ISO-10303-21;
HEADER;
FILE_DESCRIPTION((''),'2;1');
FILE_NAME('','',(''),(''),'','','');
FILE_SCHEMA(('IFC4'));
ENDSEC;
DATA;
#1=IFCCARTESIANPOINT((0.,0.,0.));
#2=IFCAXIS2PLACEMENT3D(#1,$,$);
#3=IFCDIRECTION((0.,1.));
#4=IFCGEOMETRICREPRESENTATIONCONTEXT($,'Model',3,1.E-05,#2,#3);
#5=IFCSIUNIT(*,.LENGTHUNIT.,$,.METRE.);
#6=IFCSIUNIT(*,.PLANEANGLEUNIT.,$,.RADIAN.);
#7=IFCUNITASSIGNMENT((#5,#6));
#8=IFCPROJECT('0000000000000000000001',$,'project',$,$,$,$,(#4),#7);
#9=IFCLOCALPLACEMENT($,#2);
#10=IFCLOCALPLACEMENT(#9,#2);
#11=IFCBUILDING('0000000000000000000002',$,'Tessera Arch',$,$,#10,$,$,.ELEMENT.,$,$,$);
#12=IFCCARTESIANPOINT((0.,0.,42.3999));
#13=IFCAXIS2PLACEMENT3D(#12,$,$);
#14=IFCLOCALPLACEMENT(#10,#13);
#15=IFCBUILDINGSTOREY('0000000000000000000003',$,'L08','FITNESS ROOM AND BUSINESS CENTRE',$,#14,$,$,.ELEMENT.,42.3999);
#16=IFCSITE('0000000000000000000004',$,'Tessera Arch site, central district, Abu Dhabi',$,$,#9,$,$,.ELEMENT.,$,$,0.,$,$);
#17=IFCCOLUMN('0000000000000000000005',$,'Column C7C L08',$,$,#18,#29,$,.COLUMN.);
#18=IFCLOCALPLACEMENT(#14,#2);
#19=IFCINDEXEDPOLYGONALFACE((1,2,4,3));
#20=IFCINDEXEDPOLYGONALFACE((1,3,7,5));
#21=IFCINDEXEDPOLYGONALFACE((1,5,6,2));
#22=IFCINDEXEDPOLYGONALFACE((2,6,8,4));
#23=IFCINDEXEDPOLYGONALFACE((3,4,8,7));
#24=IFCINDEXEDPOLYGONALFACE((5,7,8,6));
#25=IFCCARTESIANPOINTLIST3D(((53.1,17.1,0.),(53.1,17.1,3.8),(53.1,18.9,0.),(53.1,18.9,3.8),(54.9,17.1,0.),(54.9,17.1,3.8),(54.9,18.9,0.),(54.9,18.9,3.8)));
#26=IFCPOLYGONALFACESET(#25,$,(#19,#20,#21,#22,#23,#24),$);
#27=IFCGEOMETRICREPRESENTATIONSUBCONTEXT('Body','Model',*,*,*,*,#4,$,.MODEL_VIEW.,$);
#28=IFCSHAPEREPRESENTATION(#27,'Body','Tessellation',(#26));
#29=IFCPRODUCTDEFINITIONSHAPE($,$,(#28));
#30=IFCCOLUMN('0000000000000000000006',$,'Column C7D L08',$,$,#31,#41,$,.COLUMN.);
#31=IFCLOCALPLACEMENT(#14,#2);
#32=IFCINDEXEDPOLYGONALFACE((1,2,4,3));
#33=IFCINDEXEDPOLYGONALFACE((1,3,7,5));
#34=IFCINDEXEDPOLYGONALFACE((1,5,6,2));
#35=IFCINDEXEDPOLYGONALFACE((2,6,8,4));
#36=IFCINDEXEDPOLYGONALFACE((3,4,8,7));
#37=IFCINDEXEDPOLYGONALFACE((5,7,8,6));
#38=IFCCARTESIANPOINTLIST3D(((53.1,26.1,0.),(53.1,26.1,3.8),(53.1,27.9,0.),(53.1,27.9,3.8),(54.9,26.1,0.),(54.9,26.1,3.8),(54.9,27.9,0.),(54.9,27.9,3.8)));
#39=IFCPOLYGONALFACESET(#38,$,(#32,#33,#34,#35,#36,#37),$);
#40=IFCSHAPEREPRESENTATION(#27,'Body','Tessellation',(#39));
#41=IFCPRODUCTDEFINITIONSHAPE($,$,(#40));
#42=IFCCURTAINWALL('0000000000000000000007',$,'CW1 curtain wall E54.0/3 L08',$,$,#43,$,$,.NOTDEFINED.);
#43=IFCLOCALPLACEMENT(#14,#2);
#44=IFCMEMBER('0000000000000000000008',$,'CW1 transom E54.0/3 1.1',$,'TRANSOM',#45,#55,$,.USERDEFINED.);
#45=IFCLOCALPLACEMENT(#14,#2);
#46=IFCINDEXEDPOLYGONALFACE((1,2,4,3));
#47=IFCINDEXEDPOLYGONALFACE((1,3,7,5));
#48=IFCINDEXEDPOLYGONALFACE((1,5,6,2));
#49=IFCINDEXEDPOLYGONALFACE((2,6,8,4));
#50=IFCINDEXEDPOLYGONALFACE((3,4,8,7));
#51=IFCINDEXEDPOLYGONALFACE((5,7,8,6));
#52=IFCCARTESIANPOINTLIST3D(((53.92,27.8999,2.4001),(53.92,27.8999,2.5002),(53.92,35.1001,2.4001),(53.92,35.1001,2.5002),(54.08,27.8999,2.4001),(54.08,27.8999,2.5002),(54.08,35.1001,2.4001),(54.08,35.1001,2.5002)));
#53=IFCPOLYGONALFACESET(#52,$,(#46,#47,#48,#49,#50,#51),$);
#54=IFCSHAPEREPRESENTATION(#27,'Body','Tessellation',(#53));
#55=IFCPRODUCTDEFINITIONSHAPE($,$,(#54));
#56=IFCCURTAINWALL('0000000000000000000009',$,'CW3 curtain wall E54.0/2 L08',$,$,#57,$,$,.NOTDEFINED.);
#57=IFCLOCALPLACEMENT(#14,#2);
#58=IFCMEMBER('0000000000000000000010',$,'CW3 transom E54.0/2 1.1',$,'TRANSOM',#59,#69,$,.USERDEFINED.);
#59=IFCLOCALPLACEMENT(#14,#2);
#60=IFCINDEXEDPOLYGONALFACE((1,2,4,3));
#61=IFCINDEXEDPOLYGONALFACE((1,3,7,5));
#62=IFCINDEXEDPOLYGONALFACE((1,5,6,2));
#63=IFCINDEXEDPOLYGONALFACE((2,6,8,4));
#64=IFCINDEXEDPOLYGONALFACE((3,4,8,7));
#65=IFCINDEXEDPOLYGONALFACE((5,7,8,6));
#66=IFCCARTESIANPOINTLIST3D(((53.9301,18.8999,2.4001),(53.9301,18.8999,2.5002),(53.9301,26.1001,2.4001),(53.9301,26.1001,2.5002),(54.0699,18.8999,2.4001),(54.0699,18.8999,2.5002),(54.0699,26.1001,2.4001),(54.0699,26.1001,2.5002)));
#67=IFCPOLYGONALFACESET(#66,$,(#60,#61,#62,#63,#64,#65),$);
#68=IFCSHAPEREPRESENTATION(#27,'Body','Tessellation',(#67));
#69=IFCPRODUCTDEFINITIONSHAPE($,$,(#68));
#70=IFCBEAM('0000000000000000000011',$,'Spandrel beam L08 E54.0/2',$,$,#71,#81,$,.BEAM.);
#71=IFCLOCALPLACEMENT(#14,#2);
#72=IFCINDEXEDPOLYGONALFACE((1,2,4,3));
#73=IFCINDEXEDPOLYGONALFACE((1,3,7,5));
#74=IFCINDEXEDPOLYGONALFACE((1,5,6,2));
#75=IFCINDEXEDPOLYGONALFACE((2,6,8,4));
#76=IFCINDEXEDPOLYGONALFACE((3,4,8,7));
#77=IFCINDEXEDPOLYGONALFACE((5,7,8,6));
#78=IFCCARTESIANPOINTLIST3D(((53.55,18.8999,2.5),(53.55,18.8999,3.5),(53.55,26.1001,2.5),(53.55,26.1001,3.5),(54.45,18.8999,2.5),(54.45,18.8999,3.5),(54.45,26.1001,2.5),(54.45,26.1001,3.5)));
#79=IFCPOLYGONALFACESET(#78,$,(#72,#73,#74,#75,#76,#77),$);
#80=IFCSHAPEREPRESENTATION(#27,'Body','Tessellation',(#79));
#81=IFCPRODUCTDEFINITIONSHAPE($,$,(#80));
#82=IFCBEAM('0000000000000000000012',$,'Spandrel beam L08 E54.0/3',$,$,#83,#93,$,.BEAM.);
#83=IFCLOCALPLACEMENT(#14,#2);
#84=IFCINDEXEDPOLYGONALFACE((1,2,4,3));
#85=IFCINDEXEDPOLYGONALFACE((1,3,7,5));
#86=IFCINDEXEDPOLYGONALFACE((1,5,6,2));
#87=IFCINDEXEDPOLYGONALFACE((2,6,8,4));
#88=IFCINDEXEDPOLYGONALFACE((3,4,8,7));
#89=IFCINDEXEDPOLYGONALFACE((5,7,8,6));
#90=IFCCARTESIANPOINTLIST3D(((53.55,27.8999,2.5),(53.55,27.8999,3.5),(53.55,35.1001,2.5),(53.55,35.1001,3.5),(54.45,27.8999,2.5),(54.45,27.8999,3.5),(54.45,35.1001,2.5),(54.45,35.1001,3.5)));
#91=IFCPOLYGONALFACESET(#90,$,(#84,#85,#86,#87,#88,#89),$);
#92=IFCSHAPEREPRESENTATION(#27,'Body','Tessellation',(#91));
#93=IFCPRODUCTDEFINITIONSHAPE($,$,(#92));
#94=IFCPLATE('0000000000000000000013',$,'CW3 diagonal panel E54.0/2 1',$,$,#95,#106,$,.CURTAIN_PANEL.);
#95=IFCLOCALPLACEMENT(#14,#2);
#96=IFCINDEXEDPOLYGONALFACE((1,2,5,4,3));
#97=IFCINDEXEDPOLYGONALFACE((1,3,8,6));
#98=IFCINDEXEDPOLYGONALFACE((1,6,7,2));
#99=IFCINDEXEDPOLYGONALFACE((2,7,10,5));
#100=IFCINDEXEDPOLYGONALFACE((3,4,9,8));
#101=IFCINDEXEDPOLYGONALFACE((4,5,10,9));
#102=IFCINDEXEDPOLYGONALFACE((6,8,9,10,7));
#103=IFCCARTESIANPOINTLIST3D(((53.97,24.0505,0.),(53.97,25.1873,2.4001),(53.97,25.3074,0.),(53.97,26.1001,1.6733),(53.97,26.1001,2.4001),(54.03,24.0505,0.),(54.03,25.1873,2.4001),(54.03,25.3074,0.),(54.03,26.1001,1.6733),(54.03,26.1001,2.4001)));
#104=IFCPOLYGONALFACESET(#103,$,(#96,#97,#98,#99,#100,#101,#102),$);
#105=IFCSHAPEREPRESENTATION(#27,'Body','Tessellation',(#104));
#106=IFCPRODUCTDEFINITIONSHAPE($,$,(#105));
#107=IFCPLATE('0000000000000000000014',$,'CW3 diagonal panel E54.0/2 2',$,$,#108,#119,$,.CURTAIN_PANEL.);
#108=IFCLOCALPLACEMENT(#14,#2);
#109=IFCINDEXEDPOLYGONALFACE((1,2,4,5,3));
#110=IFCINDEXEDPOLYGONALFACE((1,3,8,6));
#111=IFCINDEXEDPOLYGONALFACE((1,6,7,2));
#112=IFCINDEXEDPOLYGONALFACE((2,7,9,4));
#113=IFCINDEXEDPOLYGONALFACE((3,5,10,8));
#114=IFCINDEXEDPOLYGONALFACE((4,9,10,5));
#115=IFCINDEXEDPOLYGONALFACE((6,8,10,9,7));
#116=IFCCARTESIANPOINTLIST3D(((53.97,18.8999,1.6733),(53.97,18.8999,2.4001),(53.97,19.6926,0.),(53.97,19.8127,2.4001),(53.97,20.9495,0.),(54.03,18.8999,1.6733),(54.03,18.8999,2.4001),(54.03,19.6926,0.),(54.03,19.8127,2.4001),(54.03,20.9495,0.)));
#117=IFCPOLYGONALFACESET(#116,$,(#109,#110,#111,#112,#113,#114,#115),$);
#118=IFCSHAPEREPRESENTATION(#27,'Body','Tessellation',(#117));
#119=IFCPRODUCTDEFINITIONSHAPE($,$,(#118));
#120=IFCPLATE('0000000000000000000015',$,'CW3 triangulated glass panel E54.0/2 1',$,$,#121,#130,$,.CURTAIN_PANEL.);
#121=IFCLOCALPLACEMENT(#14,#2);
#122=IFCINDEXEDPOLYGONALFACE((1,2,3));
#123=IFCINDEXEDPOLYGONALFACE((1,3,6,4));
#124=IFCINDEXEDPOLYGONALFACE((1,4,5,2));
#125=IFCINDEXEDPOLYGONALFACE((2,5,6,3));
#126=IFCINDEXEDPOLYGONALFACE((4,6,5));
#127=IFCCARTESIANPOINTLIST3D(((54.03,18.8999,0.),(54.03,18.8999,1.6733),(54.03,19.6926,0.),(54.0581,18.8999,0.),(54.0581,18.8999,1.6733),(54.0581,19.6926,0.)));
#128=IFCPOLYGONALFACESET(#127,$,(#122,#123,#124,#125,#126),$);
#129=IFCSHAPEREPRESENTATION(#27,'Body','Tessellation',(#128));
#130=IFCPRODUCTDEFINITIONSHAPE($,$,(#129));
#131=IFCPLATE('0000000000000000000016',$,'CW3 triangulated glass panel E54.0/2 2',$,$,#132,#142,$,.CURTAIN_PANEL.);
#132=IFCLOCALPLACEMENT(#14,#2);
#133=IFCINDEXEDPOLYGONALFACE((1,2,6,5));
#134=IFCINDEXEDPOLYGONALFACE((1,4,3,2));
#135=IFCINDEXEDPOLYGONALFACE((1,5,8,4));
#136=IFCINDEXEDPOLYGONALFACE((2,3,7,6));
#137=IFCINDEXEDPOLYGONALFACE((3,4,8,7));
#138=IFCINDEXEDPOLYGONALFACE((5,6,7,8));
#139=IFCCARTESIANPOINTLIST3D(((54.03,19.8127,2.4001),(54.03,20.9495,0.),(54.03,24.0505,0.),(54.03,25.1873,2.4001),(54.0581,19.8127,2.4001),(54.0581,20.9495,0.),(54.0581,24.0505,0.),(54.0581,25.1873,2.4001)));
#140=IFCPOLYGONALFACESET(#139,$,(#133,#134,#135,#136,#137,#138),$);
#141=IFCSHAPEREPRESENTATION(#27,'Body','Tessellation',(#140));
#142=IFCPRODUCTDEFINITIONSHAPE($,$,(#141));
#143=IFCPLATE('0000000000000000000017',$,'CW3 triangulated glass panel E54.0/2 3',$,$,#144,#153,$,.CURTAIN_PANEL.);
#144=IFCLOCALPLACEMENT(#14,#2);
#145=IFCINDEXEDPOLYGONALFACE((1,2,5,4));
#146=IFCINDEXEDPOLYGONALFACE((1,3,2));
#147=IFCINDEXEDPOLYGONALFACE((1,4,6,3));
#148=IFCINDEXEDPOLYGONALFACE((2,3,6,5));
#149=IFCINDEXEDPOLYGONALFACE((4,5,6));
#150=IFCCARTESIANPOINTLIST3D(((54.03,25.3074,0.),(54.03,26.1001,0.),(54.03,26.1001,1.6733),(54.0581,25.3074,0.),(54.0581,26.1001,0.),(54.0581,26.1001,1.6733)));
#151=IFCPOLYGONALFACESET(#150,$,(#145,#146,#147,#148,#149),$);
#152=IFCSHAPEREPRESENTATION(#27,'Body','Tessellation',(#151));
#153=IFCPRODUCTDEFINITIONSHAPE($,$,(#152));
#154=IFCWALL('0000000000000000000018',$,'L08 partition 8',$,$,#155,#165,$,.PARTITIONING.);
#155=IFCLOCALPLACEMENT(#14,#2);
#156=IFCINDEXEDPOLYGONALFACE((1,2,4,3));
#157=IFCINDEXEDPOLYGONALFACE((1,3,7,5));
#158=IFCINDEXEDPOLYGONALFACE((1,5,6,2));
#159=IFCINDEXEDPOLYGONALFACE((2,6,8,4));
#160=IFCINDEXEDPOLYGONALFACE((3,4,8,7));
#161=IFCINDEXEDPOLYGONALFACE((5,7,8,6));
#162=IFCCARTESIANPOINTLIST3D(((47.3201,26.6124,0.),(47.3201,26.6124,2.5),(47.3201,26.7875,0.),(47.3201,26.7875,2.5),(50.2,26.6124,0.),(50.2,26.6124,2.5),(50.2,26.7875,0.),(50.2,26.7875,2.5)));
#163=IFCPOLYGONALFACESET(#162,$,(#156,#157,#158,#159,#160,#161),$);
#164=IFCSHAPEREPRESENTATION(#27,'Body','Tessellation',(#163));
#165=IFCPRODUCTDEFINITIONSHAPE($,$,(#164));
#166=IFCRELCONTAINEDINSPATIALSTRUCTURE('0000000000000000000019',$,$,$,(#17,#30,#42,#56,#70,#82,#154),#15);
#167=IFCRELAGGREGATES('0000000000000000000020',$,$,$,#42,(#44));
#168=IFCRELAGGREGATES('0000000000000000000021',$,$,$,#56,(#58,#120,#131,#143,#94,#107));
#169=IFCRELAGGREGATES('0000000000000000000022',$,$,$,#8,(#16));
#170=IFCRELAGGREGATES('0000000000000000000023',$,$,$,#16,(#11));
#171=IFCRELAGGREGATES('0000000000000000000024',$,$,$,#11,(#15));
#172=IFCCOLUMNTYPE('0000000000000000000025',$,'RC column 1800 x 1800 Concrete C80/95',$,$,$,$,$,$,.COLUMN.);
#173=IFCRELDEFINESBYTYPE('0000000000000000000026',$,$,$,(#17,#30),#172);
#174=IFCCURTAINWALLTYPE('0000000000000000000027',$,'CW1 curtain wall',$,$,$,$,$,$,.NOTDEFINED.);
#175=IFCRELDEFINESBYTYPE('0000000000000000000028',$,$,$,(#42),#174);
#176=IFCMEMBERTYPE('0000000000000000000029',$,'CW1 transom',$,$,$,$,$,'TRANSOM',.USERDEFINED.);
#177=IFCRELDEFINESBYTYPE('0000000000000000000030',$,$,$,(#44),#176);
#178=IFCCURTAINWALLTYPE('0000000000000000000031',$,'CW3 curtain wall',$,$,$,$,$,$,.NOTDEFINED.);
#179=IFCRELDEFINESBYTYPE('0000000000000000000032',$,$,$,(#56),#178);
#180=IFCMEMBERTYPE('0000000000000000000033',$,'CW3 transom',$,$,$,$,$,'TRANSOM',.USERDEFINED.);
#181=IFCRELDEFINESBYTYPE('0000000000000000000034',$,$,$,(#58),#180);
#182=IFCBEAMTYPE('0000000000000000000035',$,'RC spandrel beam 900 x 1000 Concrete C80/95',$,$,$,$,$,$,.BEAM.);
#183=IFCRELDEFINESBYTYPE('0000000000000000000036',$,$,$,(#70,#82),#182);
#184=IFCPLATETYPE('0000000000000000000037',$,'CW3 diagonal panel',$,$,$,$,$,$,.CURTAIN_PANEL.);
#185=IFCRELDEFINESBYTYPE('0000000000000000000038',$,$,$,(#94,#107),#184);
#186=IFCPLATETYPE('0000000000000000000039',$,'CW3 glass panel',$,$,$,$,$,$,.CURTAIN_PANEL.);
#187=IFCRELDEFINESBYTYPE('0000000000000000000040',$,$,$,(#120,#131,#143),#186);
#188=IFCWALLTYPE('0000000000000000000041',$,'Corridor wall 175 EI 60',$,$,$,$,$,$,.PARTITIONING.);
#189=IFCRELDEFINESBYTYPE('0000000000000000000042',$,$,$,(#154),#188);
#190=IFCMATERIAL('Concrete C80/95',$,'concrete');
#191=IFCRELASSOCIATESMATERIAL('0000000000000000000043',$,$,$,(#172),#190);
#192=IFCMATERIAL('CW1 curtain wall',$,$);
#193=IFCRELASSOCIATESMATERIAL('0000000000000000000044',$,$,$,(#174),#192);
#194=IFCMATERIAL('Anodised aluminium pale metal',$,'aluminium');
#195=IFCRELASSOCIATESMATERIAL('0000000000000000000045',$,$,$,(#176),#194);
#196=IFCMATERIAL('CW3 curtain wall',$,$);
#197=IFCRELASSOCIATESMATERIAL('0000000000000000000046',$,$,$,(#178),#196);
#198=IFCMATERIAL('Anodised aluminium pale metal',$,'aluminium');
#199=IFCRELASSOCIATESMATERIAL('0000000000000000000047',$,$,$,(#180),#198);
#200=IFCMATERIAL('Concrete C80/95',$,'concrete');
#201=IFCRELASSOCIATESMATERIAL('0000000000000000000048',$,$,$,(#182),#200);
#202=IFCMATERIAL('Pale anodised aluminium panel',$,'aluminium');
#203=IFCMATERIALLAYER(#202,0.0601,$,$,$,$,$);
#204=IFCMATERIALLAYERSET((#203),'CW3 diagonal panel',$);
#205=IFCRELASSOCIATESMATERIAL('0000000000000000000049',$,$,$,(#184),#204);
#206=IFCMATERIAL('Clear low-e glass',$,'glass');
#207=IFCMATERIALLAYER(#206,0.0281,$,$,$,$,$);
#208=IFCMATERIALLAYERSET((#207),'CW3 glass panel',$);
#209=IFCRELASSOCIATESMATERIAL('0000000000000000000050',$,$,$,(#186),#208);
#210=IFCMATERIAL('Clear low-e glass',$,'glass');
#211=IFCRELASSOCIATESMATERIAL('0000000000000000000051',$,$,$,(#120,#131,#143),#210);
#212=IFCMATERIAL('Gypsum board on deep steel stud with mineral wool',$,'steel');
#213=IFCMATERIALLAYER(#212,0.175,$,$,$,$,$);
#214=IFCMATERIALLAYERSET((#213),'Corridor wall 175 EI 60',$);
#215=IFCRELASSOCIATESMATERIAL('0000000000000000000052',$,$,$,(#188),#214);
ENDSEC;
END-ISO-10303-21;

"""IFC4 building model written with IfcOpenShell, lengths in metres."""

from ifc_helpers import new_model, si_unit, direction, frame, frame_2d, origin, origin_2d, place, context, subcontext, project, spatial, polyline, rectangle, outline, extrude, material, layer, layer_set, material_profile, profile_set, type_object, element, aggregate, save


model = new_model("IFC4")

# Units and contexts
model_context = context("Model", 3, precision=1e-05, world=origin(), true_north=direction((0.0, 1.0)))
body_context = subcontext(model_context, "Body", "Model", "MODEL_VIEW")
ifc_project = project(units=[si_unit("LENGTHUNIT", "METRE"), si_unit("PLANEANGLEUNIT", "RADIAN")], contexts=[model_context])

# Site, building, storey
site_placement = place(None, origin())
site = spatial("IfcSite", under=ifc_project, at=site_placement, Name="Tessera Arch site, central district, Abu Dhabi", CompositionType="ELEMENT", RefElevation=0.0)
building_placement = place(site_placement, origin())
building = spatial("IfcBuilding", under=site, at=building_placement, Name="Tessera Arch", CompositionType="ELEMENT")
storey_placement = place(building_placement, frame((0.0, 0.0, 42.3999)))
storey = spatial("IfcBuildingStorey", under=building, at=storey_placement, Name="L08", Description="FITNESS ROOM AND BUSINESS CENTRE", CompositionType="ELEMENT", Elevation=42.3999)

# Columns
ifc_material_1 = material(Name="Concrete C80/95", Category="concrete")
ifc_material_profile_1 = material_profile(ifc_material_1, rectangle(XDim=1.8, YDim=1.8, at=origin_2d()), Name="RC column 1800 x 1800 Concrete C80/95")
ifc_profile_set_1 = profile_set([ifc_material_profile_1], Name="Concrete C80/95")
column_type = type_object("IfcColumnType", Name="RC column 1800 x 1800 Concrete C80/95", PredefinedType="COLUMN", material=ifc_profile_set_1)
for number, where, z_axis, x_axis, name in (
    (1, (54.0, 18.0, 0.0), (0.0, 0.0, 1.0), (1.0, 0.0, 0.0), "Column C7C L08"),
    (2, (54.0, 27.0, 0.0), (0.0, 0.0, 1.0), (1.0, 0.0, 0.0), "Column C7D L08"),
):
    element("IfcColumn", number, at=place(storey_placement, frame(where, z_axis=z_axis, x_axis=x_axis)), inside=storey, type_object=column_type, Name=name, PredefinedType="COLUMN", context=body_context, shape_type="SweptSolid", body=[
        extrude(rectangle(XDim=1.8, YDim=1.8, at=origin_2d()), origin(), (0.0, 0.0, 1.0), 3.8),
    ])

# Curtain walls, members
ifc_material_2 = material(Name="CW1 curtain wall")
curtain_wall_type_1 = type_object("IfcCurtainWallType", Name="CW1 curtain wall", PredefinedType="NOTDEFINED", material=ifc_material_2)
curtain_wall_1_placement = place(storey_placement, origin())
curtain_wall_1 = element("IfcCurtainWall", 3, at=curtain_wall_1_placement, inside=storey, type_object=curtain_wall_type_1, Name="CW1 curtain wall E54.0/3 L08", PredefinedType="NOTDEFINED")
ifc_material_3 = material(Name="Anodised aluminium pale metal", Category="aluminium")
ifc_material_profile_2 = material_profile(ifc_material_3, rectangle(XDim=0.1599, YDim=0.1001, at=origin_2d()), Name="AL 160x100")
ifc_profile_set_2 = profile_set([ifc_material_profile_2], Name="Anodised aluminium pale metal")
member_type_1 = type_object("IfcMemberType", Name="CW1 transom", ElementType="TRANSOM", PredefinedType="USERDEFINED", material=ifc_profile_set_2)
member_1_placement = place(storey_placement, frame((54.0, 27.8999, 2.4502), z_axis=(0.0, 1.0, 0.0), x_axis=(-1.0, 0.0, 0.0)))
member_1 = element("IfcMember", 4, at=member_1_placement, type_object=member_type_1, Name="CW1 transom E54.0/3 1.1", ObjectType="TRANSOM", PredefinedType="USERDEFINED", context=body_context, shape_type="SweptSolid", body=[
    extrude(rectangle(XDim=0.1599, YDim=0.1001, at=origin_2d()), origin(), (0.0, 0.0, 1.0), 7.2002),
])
aggregate(curtain_wall_1, [member_1])
ifc_material_4 = material(Name="CW3 curtain wall")
curtain_wall_type_2 = type_object("IfcCurtainWallType", Name="CW3 curtain wall", PredefinedType="NOTDEFINED", material=ifc_material_4)
curtain_wall_2_placement = place(storey_placement, origin())
curtain_wall_2 = element("IfcCurtainWall", 5, at=curtain_wall_2_placement, inside=storey, type_object=curtain_wall_type_2, Name="CW3 curtain wall E54.0/2 L08", PredefinedType="NOTDEFINED")
ifc_material_5 = material(Name="Anodised aluminium pale metal", Category="aluminium")
ifc_material_profile_3 = material_profile(ifc_material_5, rectangle(XDim=0.1399, YDim=0.1001, at=origin_2d()), Name="AL 140x100")
ifc_profile_set_3 = profile_set([ifc_material_profile_3], Name="Anodised aluminium pale metal")
member_type_2 = type_object("IfcMemberType", Name="CW3 transom", ElementType="TRANSOM", PredefinedType="USERDEFINED", material=ifc_profile_set_3)
member_2_placement = place(storey_placement, frame((54.0, 18.8999, 2.4502), z_axis=(0.0, 1.0, 0.0), x_axis=(-1.0, 0.0, 0.0)))
member_2 = element("IfcMember", 6, at=member_2_placement, type_object=member_type_2, Name="CW3 transom E54.0/2 1.1", ObjectType="TRANSOM", PredefinedType="USERDEFINED", context=body_context, shape_type="SweptSolid", body=[
    extrude(rectangle(XDim=0.1399, YDim=0.1001, at=origin_2d()), origin(), (0.0, 0.0, 1.0), 7.2002),
])

# Beams
ifc_material_6 = material(Name="Concrete C80/95", Category="concrete")
ifc_material_profile_4 = material_profile(ifc_material_6, rectangle(XDim=0.8999, YDim=1.0, at=origin_2d()), Name="RC spandrel beam 900 x 1000 Concrete C80/95")
ifc_profile_set_4 = profile_set([ifc_material_profile_4], Name="Concrete C80/95")
beam_type = type_object("IfcBeamType", Name="RC spandrel beam 900 x 1000 Concrete C80/95", PredefinedType="BEAM", material=ifc_profile_set_4)
for number, where, z_axis, x_axis, name in (
    (7, (54.0, 18.8999, 3.0), (0.0, 1.0, 0.0), (-1.0, 0.0, 0.0), "Spandrel beam L08 E54.0/2"),
    (8, (54.0, 27.8999, 3.0), (0.0, 1.0, 0.0), (-1.0, 0.0, 0.0), "Spandrel beam L08 E54.0/3"),
):
    element("IfcBeam", number, at=place(storey_placement, frame(where, z_axis=z_axis, x_axis=x_axis)), inside=storey, type_object=beam_type, Name=name, PredefinedType="BEAM", context=body_context, shape_type="SweptSolid", body=[
        extrude(rectangle(XDim=0.8999, YDim=1.0, at=origin_2d()), origin(), (0.0, 0.0, 1.0), 7.2002),
    ])

# Plates
ifc_material_7 = material(Name="Pale anodised aluminium panel", Category="aluminium")
ifc_layer_1 = layer(ifc_material_7, 0.0601)
ifc_layer_set_1 = layer_set([ifc_layer_1], Name="CW3 diagonal panel")
plate_type_1 = type_object("IfcPlateType", Name="CW3 diagonal panel", PredefinedType="CURTAIN_PANEL", material=ifc_layer_set_1)
plate_1_placement = place(storey_placement, frame((54.03, 26.1001, 2.4001), z_axis=(1.0, 0.0, 0.0), x_axis=(0.0, -1.0, 0.0)))
plate_1 = element("IfcPlate", 9, at=plate_1_placement, type_object=plate_type_1, Name="CW3 diagonal panel E54.0/2 1", PredefinedType="CURTAIN_PANEL", context=body_context, shape_type="SweptSolid", body=[
    extrude(outline(polyline([(0.0, 0.0), (0.9128, 0.0), (2.0496, 2.4001), (0.7927, 2.4001), (0.0, 0.7268), (0.0, 0.0)])), origin(), (0.0, 0.0, -1.0), 0.0601),
])
plate_2_placement = place(storey_placement, frame((54.03, 18.8999, 2.4001), z_axis=(1.0, 0.0, 0.0), x_axis=(0.0, 0.0, -1.0)))
plate_2 = element("IfcPlate", 10, at=plate_2_placement, type_object=plate_type_1, Name="CW3 diagonal panel E54.0/2 2", PredefinedType="CURTAIN_PANEL", context=body_context, shape_type="SweptSolid", body=[
    extrude(outline(polyline([(0.0, 0.0), (0.7268, 0.0), (2.4001, 0.7927), (2.4001, 2.0496), (0.0, 0.9128), (0.0, 0.0)])), origin(), (0.0, 0.0, -1.0), 0.0601),
])
ifc_material_8 = material(Name="Clear low-e glass", Category="glass")
ifc_material_9 = material(Name="Clear low-e glass", Category="glass")
ifc_layer_2 = layer(ifc_material_9, 0.0281)
ifc_layer_set_2 = layer_set([ifc_layer_2], Name="CW3 glass panel")
plate_type_2 = type_object("IfcPlateType", Name="CW3 glass panel", PredefinedType="CURTAIN_PANEL", material=ifc_layer_set_2)
plate_3_placement = place(storey_placement, frame((54.0581, 18.8999, 0.0), z_axis=(1.0, 0.0, 0.0), x_axis=(0.0, 1.0, 0.0)))
plate_3 = element("IfcPlate", 11, at=plate_3_placement, type_object=plate_type_2, material=ifc_material_8, Name="CW3 triangulated glass panel E54.0/2 1", PredefinedType="CURTAIN_PANEL", context=body_context, shape_type="SweptSolid", body=[
    extrude(outline(polyline([(0.0, 0.0), (0.7927, 0.0), (0.0, 1.6733), (0.0, 0.0)])), origin(), (0.0, 0.0, -1.0), 0.0281),
])
plate_4_placement = place(storey_placement, frame((54.0581, 25.1873, 2.4001), z_axis=(1.0, 0.0, 0.0), x_axis=(0.0, -1.0, 0.0)))
plate_4 = element("IfcPlate", 12, at=plate_4_placement, type_object=plate_type_2, material=ifc_material_8, Name="CW3 triangulated glass panel E54.0/2 2", PredefinedType="CURTAIN_PANEL", context=body_context, shape_type="SweptSolid", body=[
    extrude(outline(polyline([(0.0, 0.0), (5.3745, 0.0), (4.2378, 2.4001), (1.1367, 2.4001), (0.0, 0.0)])), origin(), (0.0, 0.0, -1.0), 0.0281),
])
plate_5_placement = place(storey_placement, frame((54.0581, 26.1001, 0.0), z_axis=(1.0, 0.0, 0.0), x_axis=(0.0, 0.0, 1.0)))
plate_5 = element("IfcPlate", 13, at=plate_5_placement, type_object=plate_type_2, material=ifc_material_8, Name="CW3 triangulated glass panel E54.0/2 3", PredefinedType="CURTAIN_PANEL", context=body_context, shape_type="SweptSolid", body=[
    extrude(outline(polyline([(0.0, 0.0), (1.6733, 0.0), (0.0, 0.7927), (0.0, 0.0)])), origin(), (0.0, 0.0, -1.0), 0.0281),
])
aggregate(curtain_wall_2, [member_2, plate_3, plate_4, plate_5, plate_1, plate_2])

# Wall
ifc_material_10 = material(Name="Gypsum board on deep steel stud with mineral wool", Category="steel")
ifc_layer_3 = layer(ifc_material_10, 0.175)
ifc_layer_set_3 = layer_set([ifc_layer_3], Name="Corridor wall 175 EI 60")
wall_type_1 = type_object("IfcWallType", Name="Corridor wall 175 EI 60", PredefinedType="PARTITIONING", material=ifc_layer_set_3)
wall_1_placement = place(storey_placement, frame((47.3201, 26.7, 0.0), z_axis=(0.0, 0.0, 1.0), x_axis=(1.0, 0.0, 0.0)))
element("IfcWall", 14, at=wall_1_placement, inside=storey, type_object=wall_type_1, Name="L08 partition 8", PredefinedType="PARTITIONING", context=body_context, shape_type="SweptSolid", body=[
    extrude(rectangle(XDim=2.8799, YDim=0.175, at=frame_2d((1.4399, 0.0))), origin(), (0.0, 0.0, 1.0), 2.5),
])

save(model, "model.ifc")
